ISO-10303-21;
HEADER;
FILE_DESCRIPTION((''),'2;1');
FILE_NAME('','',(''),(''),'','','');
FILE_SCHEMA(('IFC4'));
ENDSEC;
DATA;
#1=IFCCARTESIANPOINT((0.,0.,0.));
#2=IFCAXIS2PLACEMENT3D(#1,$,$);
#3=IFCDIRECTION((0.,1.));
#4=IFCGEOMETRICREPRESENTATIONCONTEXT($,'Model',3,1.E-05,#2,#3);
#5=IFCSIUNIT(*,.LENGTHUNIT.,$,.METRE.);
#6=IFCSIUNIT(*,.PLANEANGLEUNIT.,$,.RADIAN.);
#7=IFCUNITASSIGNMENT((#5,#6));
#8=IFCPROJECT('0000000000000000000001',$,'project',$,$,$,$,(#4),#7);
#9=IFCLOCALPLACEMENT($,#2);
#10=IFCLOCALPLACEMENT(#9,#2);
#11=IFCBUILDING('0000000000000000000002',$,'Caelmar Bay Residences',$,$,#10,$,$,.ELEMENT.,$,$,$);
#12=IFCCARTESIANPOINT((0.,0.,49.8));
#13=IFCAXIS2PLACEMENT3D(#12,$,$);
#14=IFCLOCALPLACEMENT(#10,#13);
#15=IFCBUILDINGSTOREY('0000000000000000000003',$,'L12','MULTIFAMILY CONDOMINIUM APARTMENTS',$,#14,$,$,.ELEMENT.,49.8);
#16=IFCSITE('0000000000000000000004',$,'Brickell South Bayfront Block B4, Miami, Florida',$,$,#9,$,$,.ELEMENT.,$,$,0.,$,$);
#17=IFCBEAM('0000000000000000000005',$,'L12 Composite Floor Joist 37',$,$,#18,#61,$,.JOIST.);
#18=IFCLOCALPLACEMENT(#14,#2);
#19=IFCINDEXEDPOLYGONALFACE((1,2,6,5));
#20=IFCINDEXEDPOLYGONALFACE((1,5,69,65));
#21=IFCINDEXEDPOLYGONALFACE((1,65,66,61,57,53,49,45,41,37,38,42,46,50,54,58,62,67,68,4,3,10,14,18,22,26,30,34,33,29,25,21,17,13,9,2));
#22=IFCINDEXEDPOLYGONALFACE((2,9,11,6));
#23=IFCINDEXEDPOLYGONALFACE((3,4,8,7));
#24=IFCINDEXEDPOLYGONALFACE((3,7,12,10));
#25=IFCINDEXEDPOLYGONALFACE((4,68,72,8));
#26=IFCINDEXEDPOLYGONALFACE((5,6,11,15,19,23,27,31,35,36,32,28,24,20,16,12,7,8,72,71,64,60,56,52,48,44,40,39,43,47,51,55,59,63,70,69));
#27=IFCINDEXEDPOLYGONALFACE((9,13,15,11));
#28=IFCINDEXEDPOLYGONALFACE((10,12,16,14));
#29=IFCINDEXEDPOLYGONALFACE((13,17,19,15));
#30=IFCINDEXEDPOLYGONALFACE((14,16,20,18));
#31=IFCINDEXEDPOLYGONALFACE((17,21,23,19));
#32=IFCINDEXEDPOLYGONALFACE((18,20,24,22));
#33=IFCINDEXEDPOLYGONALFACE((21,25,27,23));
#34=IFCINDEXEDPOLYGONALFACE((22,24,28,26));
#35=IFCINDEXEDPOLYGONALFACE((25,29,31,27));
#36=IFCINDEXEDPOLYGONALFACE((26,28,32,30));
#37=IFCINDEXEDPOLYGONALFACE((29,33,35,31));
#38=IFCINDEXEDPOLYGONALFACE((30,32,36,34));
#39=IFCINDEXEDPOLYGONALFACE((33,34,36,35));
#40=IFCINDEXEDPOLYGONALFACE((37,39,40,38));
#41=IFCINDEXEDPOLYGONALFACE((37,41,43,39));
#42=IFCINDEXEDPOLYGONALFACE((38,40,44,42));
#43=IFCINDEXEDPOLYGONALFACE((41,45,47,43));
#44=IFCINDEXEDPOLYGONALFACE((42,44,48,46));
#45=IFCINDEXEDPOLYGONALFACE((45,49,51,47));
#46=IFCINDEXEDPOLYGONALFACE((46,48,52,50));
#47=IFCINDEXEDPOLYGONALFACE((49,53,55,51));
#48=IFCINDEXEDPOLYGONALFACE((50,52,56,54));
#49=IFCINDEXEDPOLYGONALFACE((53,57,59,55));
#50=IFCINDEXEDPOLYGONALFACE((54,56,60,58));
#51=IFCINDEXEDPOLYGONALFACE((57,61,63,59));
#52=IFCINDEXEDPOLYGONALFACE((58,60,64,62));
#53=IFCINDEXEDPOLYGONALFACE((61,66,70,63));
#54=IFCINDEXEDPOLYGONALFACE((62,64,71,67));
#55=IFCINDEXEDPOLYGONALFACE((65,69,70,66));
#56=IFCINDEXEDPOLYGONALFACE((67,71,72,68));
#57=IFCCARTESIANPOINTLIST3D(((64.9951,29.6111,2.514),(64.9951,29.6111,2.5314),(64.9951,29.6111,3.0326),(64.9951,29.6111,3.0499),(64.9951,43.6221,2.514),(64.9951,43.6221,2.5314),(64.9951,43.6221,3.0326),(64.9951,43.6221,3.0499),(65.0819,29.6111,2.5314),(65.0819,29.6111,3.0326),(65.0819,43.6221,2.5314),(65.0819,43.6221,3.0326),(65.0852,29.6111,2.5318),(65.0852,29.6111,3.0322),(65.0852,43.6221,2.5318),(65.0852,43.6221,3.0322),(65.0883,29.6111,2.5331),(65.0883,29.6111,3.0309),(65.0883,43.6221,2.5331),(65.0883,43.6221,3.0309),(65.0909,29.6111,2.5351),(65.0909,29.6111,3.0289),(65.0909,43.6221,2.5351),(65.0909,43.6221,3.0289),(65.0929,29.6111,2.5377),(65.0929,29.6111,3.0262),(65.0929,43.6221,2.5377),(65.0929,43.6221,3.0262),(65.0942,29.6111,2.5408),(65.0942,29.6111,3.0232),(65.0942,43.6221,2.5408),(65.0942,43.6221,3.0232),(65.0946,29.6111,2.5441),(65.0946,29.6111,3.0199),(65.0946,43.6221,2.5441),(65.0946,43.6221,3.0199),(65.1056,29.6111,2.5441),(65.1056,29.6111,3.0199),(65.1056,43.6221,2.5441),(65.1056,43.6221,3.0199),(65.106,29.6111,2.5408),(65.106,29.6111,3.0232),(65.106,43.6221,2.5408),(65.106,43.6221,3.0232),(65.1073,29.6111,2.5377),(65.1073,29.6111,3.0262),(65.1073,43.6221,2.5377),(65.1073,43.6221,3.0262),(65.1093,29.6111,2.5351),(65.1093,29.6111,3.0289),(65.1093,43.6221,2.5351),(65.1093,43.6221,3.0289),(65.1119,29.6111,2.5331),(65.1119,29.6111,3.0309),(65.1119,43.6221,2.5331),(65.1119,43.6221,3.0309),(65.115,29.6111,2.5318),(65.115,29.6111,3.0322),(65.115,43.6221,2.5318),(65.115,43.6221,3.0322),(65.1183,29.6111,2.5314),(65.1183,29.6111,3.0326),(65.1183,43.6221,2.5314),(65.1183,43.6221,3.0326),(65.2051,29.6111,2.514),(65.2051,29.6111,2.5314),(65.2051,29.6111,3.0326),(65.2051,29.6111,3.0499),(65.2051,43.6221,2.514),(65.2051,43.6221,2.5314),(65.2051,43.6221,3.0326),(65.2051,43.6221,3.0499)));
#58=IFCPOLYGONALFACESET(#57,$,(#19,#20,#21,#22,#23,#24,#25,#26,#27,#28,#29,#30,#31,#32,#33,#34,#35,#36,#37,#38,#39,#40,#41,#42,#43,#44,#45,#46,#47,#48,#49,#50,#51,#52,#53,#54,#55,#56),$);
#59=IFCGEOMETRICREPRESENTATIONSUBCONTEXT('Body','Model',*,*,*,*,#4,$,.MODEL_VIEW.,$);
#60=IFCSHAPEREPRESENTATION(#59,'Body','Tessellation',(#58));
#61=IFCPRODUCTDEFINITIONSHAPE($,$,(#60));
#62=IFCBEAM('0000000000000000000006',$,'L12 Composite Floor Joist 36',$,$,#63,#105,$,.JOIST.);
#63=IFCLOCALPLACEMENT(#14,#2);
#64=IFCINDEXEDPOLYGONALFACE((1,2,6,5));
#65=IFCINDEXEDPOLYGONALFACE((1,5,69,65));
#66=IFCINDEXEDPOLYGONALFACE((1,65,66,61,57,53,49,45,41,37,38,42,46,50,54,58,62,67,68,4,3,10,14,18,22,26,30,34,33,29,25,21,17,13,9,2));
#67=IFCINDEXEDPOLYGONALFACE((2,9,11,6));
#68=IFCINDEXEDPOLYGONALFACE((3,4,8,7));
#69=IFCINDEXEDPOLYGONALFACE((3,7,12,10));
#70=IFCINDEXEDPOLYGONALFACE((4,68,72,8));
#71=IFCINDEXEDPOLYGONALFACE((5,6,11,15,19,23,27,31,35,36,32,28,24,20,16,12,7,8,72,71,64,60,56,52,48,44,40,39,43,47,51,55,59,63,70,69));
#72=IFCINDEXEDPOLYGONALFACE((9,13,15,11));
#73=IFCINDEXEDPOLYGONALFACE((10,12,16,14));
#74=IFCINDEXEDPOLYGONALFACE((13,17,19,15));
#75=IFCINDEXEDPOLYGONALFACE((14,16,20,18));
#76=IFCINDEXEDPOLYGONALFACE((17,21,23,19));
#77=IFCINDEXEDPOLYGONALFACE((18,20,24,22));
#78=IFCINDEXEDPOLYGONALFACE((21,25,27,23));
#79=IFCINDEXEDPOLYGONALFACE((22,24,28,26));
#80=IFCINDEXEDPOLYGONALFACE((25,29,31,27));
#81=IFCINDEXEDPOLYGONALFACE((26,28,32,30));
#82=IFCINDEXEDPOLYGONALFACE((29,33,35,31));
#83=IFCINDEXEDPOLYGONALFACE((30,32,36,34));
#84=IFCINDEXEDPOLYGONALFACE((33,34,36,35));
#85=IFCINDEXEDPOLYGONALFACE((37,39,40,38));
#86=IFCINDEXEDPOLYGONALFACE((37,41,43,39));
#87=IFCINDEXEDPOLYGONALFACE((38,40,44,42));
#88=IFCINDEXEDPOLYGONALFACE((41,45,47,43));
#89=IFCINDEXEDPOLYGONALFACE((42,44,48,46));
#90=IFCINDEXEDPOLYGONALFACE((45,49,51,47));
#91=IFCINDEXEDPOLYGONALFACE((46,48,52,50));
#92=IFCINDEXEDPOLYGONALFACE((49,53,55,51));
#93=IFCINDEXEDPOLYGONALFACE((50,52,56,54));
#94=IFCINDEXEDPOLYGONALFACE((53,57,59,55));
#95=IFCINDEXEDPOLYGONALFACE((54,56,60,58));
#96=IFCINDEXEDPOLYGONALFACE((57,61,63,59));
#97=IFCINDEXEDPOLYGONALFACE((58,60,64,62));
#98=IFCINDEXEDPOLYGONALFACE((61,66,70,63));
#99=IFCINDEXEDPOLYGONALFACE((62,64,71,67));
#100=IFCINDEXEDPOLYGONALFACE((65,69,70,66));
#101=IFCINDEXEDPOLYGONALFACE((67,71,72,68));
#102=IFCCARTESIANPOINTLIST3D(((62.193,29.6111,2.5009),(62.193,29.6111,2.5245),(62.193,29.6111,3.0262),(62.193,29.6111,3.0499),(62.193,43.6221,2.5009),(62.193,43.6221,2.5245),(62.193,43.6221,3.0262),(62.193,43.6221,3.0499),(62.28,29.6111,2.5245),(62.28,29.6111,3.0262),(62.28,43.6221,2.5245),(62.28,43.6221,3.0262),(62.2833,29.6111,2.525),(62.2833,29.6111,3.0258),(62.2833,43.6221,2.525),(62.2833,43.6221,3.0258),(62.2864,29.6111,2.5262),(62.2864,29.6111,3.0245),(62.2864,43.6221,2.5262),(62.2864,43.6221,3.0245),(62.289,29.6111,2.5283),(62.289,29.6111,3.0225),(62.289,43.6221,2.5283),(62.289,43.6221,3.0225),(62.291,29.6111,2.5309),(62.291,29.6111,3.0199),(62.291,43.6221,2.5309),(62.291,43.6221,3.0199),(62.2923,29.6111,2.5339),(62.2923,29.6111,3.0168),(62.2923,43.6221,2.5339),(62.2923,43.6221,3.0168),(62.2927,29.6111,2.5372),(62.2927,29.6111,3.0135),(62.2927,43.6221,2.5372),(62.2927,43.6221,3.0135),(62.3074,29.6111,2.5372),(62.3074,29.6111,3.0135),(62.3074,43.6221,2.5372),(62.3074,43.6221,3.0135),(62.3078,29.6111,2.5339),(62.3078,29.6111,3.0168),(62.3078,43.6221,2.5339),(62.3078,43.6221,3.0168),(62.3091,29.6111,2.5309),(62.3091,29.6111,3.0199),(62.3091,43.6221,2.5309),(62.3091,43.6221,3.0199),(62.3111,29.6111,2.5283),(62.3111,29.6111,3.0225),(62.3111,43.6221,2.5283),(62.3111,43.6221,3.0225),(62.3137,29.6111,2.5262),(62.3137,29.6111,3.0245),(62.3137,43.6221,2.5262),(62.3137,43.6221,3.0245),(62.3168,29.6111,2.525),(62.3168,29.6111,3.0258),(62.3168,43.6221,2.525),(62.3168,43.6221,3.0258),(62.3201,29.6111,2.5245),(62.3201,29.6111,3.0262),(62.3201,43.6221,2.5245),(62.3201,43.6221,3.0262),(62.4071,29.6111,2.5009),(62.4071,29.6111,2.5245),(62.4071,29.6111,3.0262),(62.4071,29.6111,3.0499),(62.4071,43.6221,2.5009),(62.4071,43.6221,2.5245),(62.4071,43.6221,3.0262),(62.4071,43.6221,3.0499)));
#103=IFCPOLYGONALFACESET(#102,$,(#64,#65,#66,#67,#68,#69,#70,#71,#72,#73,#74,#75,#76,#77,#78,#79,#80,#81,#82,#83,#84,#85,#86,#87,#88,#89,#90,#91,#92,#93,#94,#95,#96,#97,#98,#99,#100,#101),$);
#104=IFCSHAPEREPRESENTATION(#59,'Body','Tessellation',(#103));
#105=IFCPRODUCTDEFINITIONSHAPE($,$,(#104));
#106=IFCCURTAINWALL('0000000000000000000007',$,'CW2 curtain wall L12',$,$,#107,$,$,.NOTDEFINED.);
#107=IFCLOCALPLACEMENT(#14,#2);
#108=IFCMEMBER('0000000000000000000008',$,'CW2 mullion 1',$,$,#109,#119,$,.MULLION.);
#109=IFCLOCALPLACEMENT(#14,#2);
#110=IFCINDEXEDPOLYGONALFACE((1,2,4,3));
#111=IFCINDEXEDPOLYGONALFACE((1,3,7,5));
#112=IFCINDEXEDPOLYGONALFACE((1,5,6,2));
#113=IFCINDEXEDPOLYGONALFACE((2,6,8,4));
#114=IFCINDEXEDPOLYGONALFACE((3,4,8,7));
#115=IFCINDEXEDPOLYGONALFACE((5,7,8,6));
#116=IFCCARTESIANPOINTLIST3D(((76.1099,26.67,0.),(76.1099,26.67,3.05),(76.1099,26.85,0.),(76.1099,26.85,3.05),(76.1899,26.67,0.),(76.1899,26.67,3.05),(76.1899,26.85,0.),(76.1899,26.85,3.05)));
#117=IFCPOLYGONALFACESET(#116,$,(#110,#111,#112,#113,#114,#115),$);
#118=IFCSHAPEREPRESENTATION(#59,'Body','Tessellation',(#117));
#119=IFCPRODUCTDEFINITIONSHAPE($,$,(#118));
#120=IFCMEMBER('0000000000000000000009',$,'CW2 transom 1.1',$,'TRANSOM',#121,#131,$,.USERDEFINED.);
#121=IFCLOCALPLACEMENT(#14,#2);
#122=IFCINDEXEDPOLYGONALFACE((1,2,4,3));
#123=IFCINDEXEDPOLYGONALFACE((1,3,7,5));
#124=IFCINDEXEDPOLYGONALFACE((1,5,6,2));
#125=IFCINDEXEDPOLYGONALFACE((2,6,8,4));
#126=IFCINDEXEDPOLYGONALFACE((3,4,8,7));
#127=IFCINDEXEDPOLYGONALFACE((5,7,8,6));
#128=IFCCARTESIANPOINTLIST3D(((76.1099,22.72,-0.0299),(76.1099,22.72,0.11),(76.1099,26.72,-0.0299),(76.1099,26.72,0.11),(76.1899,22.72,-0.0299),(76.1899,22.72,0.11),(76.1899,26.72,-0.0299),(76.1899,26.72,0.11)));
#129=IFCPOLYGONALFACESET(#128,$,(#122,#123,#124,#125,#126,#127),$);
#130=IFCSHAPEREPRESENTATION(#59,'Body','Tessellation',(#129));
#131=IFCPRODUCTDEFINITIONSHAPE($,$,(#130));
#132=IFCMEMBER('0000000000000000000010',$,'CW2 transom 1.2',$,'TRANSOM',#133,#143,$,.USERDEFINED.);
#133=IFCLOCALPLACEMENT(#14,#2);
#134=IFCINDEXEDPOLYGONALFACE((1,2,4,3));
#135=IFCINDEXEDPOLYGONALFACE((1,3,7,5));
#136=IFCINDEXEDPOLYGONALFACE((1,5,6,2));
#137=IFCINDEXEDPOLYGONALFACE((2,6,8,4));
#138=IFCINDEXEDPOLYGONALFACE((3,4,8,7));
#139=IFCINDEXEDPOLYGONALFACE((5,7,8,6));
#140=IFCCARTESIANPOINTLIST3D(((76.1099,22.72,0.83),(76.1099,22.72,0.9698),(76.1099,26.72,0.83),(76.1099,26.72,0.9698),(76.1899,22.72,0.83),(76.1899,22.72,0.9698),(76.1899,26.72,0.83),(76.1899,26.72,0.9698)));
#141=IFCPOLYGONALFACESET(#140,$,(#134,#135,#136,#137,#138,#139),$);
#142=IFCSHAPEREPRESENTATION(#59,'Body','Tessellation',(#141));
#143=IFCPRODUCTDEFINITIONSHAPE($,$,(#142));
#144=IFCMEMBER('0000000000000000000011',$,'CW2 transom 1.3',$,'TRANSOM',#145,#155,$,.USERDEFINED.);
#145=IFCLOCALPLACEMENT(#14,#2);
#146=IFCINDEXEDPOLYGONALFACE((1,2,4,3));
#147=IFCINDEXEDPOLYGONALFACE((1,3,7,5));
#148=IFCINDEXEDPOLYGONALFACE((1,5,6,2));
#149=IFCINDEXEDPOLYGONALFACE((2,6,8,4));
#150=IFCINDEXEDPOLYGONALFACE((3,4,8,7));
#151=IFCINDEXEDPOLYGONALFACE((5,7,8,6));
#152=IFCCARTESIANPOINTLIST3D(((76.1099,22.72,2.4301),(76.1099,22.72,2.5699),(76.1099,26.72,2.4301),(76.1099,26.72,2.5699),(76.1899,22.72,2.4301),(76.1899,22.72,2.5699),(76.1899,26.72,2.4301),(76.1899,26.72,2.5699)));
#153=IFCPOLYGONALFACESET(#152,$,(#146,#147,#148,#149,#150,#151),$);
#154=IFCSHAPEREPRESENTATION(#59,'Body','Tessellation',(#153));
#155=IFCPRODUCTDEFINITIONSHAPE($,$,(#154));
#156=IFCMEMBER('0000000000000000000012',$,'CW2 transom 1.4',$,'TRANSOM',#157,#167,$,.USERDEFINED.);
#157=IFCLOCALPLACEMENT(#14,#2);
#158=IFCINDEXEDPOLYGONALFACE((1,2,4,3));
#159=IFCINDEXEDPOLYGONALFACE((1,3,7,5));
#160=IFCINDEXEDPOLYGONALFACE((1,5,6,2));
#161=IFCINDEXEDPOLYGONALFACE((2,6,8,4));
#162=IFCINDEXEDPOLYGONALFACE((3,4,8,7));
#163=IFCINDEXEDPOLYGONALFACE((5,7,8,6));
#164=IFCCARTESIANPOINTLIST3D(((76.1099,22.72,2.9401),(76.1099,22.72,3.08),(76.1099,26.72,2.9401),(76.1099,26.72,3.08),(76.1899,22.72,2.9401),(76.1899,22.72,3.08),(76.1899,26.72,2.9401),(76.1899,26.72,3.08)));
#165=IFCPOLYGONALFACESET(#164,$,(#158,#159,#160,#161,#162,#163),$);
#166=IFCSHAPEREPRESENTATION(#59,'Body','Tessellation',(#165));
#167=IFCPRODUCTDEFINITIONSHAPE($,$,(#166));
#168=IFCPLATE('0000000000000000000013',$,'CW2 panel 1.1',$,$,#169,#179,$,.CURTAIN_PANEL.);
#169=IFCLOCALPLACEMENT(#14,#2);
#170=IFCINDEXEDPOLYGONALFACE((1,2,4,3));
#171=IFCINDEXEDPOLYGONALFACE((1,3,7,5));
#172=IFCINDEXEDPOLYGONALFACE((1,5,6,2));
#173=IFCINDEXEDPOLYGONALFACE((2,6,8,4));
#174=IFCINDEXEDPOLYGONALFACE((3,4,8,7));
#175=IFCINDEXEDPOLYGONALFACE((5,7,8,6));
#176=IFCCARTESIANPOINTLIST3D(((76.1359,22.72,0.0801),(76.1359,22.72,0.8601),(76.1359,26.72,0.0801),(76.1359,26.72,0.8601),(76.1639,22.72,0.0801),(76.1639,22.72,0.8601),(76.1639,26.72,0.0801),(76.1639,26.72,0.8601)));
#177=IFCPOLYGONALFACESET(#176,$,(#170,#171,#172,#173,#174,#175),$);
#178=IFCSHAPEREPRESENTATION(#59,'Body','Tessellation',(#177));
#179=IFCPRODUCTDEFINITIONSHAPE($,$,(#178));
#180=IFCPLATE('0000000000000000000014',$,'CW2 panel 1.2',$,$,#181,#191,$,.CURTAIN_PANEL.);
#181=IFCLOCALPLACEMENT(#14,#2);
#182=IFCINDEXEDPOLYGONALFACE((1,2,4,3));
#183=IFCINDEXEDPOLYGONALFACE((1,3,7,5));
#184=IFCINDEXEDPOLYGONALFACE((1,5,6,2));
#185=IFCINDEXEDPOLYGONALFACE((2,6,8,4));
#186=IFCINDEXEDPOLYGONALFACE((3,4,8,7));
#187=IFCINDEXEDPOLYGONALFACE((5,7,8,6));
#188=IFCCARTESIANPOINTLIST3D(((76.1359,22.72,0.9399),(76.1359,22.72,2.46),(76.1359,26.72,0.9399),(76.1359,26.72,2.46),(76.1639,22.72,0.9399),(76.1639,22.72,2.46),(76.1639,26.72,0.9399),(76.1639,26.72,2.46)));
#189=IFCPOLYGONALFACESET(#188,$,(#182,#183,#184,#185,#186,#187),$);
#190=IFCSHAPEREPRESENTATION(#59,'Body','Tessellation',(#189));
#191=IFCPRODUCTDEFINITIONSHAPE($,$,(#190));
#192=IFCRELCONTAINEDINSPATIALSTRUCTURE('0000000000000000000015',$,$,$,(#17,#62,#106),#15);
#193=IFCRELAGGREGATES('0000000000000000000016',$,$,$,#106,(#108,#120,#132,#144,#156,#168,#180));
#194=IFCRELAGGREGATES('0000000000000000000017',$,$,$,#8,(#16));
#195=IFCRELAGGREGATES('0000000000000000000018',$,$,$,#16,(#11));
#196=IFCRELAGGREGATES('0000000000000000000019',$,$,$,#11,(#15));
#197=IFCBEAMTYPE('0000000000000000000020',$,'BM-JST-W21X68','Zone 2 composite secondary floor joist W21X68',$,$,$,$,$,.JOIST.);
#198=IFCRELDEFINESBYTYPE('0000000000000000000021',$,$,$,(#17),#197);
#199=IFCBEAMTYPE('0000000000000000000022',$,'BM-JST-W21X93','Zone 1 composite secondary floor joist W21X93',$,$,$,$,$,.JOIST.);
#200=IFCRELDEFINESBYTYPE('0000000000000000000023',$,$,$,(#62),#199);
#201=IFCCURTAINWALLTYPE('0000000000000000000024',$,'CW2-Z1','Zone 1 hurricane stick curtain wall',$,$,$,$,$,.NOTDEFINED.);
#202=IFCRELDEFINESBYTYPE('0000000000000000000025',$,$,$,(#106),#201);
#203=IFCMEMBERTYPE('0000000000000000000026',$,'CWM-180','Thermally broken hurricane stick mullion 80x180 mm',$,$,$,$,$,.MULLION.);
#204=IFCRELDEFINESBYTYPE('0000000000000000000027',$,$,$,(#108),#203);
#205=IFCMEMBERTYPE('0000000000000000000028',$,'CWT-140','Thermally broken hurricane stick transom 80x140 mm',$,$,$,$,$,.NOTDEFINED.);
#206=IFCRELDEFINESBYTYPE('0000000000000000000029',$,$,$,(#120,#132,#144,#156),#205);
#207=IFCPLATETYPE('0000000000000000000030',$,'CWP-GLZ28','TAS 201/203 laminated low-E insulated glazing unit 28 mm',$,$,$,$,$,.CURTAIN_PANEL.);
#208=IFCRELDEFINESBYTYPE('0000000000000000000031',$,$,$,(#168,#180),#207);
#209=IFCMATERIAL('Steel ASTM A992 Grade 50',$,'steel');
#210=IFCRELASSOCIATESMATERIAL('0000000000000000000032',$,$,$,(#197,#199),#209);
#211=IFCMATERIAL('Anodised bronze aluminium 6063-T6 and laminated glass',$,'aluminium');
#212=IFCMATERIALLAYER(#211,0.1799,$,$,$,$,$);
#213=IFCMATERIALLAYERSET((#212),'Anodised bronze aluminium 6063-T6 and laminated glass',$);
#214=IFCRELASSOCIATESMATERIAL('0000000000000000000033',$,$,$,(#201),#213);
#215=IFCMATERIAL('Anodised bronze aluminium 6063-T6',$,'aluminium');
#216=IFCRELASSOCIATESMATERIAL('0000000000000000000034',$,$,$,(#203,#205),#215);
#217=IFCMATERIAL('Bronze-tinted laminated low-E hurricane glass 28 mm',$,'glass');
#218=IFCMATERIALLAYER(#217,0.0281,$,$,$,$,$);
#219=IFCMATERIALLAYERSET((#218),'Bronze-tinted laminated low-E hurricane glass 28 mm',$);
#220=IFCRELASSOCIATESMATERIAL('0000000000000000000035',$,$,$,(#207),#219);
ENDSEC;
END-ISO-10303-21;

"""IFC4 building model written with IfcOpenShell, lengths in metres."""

from ifc_helpers import new_model, si_unit, direction, frame, origin, origin_2d, place, context, subcontext, project, spatial, rectangle, i_section, extrude, material, layer, layer_set, material_profile, profile_set, type_object, element, aggregate, save


model = new_model("IFC4")

# Units and contexts
model_context = context("Model", 3, precision=1e-05, world=origin(), true_north=direction((0.0, 1.0)))
body_context = subcontext(model_context, "Body", "Model", "MODEL_VIEW")
ifc_project = project(units=[si_unit("LENGTHUNIT", "METRE"), si_unit("PLANEANGLEUNIT", "RADIAN")], contexts=[model_context])

# Site, building, storey
site_placement = place(None, origin())
site = spatial("IfcSite", under=ifc_project, at=site_placement, Name="Brickell South Bayfront Block B4, Miami, Florida", CompositionType="ELEMENT", RefElevation=0.0)
building_placement = place(site_placement, origin())
building = spatial("IfcBuilding", under=site, at=building_placement, Name="Caelmar Bay Residences", CompositionType="ELEMENT")
storey_placement = place(building_placement, frame((0.0, 0.0, 49.8)))
storey = spatial("IfcBuildingStorey", under=building, at=storey_placement, Name="L12", Description="MULTIFAMILY CONDOMINIUM APARTMENTS", CompositionType="ELEMENT", Elevation=49.8)

# Beams
ifc_material_1 = material(Name="Steel ASTM A992 Grade 50", Category="steel")
ifc_material_profile_1 = material_profile(ifc_material_1, i_section(OverallWidth=0.21, OverallDepth=0.5359, WebThickness=0.011, FlangeThickness=0.0173, FilletRadius=0.0127, at=origin_2d()), Name="W21X68")
ifc_profile_set_1 = profile_set([ifc_material_profile_1], Name="Steel ASTM A992 Grade 50")
beam_type_1 = type_object("IfcBeamType", Name="BM-JST-W21X68", Description="Zone 2 composite secondary floor joist W21X68", PredefinedType="JOIST", material=ifc_profile_set_1)
beam_1_placement = place(storey_placement, frame((65.1001, 29.6111, 2.782), z_axis=(0.0, 1.0, 0.0), x_axis=(-1.0, 0.0, 0.0)))
element("IfcBeam", 1, at=beam_1_placement, inside=storey, type_object=beam_type_1, Name="L12 Composite Floor Joist 37", PredefinedType="JOIST", context=body_context, shape_type="SweptSolid", body=[
    extrude(i_section(OverallWidth=0.21, OverallDepth=0.5359, WebThickness=0.011, FlangeThickness=0.0173, FilletRadius=0.0127, at=origin_2d()), origin(), (0.0, 0.0, 1.0), 14.011),
])
ifc_material_profile_2 = material_profile(ifc_material_1, i_section(OverallWidth=0.2141, OverallDepth=0.5491, WebThickness=0.0146, FlangeThickness=0.0237, FilletRadius=0.0127, at=origin_2d()), Name="W21X93")
ifc_profile_set_2 = profile_set([ifc_material_profile_2], Name="Steel ASTM A992 Grade 50")
beam_type_2 = type_object("IfcBeamType", Name="BM-JST-W21X93", Description="Zone 1 composite secondary floor joist W21X93", PredefinedType="JOIST", material=ifc_profile_set_2)
beam_2_placement = place(storey_placement, frame((62.3, 29.6111, 2.7754), z_axis=(0.0, 1.0, 0.0), x_axis=(-1.0, 0.0, 0.0)))
element("IfcBeam", 2, at=beam_2_placement, inside=storey, type_object=beam_type_2, Name="L12 Composite Floor Joist 36", PredefinedType="JOIST", context=body_context, shape_type="SweptSolid", body=[
    extrude(i_section(OverallWidth=0.2141, OverallDepth=0.5491, WebThickness=0.0146, FlangeThickness=0.0237, FilletRadius=0.0127, at=origin_2d()), origin(), (0.0, 0.0, 1.0), 14.011),
])

# Curtain wall, members, plates
ifc_material_2 = material(Name="Anodised bronze aluminium 6063-T6 and laminated glass", Category="aluminium")
ifc_layer_1 = layer(ifc_material_2, 0.1799)
ifc_layer_set_1 = layer_set([ifc_layer_1], Name="Anodised bronze aluminium 6063-T6 and laminated glass")
curtain_wall_type = type_object("IfcCurtainWallType", Name="CW2-Z1", Description="Zone 1 hurricane stick curtain wall", PredefinedType="NOTDEFINED", material=ifc_layer_set_1)
curtain_wall_placement = place(storey_placement, origin())
curtain_wall = element("IfcCurtainWall", 3, at=curtain_wall_placement, inside=storey, type_object=curtain_wall_type, Name="CW2 curtain wall L12", PredefinedType="NOTDEFINED")
ifc_material_3 = material(Name="Anodised bronze aluminium 6063-T6", Category="aluminium")
ifc_material_profile_3 = material_profile(ifc_material_3, rectangle(XDim=0.0801, YDim=0.1799, at=origin_2d()), Name="CWM-80X180")
ifc_profile_set_3 = profile_set([ifc_material_profile_3], Name="Anodised bronze aluminium 6063-T6")
member_type_1 = type_object("IfcMemberType", Name="CWM-180", Description="Thermally broken hurricane stick mullion 80x180 mm", PredefinedType="MULLION", material=ifc_profile_set_3)
member_1_placement = place(storey_placement, frame((76.1499, 26.76, 0.0), z_axis=(0.0, 0.0, 1.0), x_axis=(1.0, 0.0, 0.0)))
member_1 = element("IfcMember", 4, at=member_1_placement, type_object=member_type_1, Name="CW2 mullion 1", PredefinedType="MULLION", context=body_context, shape_type="SweptSolid", body=[
    extrude(rectangle(XDim=0.0801, YDim=0.1799, at=origin_2d()), origin(), (0.0, 0.0, 1.0), 3.05),
])
ifc_material_profile_4 = material_profile(ifc_material_3, rectangle(XDim=0.0801, YDim=0.1399, at=origin_2d()), Name="CWT-80X140")
ifc_profile_set_4 = profile_set([ifc_material_profile_4], Name="Anodised bronze aluminium 6063-T6")
member_type_2 = type_object("IfcMemberType", Name="CWT-140", Description="Thermally broken hurricane stick transom 80x140 mm", PredefinedType="NOTDEFINED", material=ifc_profile_set_4)
member_2_placement = place(storey_placement, frame((76.1499, 26.72, 0.04), z_axis=(0.0, -1.0, 0.0), x_axis=(1.0, 0.0, 0.0)))
member_2 = element("IfcMember", 5, at=member_2_placement, type_object=member_type_2, Name="CW2 transom 1.1", ObjectType="TRANSOM", PredefinedType="USERDEFINED", context=body_context, shape_type="SweptSolid", body=[
    extrude(rectangle(XDim=0.0801, YDim=0.1399, at=origin_2d()), origin(), (0.0, 0.0, 1.0), 4.0),
])
member_3_placement = place(storey_placement, frame((76.1499, 26.72, 0.8999), z_axis=(0.0, -1.0, 0.0), x_axis=(1.0, 0.0, 0.0)))
member_3 = element("IfcMember", 6, at=member_3_placement, type_object=member_type_2, Name="CW2 transom 1.2", ObjectType="TRANSOM", PredefinedType="USERDEFINED", context=body_context, shape_type="SweptSolid", body=[
    extrude(rectangle(XDim=0.0801, YDim=0.1399, at=origin_2d()), origin(), (0.0, 0.0, 1.0), 4.0),
])
member_4_placement = place(storey_placement, frame((76.1499, 26.72, 2.5), z_axis=(0.0, -1.0, 0.0), x_axis=(1.0, 0.0, 0.0)))
member_4 = element("IfcMember", 7, at=member_4_placement, type_object=member_type_2, Name="CW2 transom 1.3", ObjectType="TRANSOM", PredefinedType="USERDEFINED", context=body_context, shape_type="SweptSolid", body=[
    extrude(rectangle(XDim=0.0801, YDim=0.1399, at=origin_2d()), origin(), (0.0, 0.0, 1.0), 4.0),
])
member_5_placement = place(storey_placement, frame((76.1499, 26.72, 3.01), z_axis=(0.0, -1.0, 0.0), x_axis=(1.0, 0.0, 0.0)))
member_5 = element("IfcMember", 8, at=member_5_placement, type_object=member_type_2, Name="CW2 transom 1.4", ObjectType="TRANSOM", PredefinedType="USERDEFINED", context=body_context, shape_type="SweptSolid", body=[
    extrude(rectangle(XDim=0.0801, YDim=0.1399, at=origin_2d()), origin(), (0.0, 0.0, 1.0), 4.0),
])
ifc_material_4 = material(Name="Bronze-tinted laminated low-E hurricane glass 28 mm", Category="glass")
ifc_layer_2 = layer(ifc_material_4, 0.0281)
ifc_layer_set_2 = layer_set([ifc_layer_2], Name="Bronze-tinted laminated low-E hurricane glass 28 mm")
plate_type = type_object("IfcPlateType", Name="CWP-GLZ28", Description="TAS 201/203 laminated low-E insulated glazing unit 28 mm", PredefinedType="CURTAIN_PANEL", material=ifc_layer_set_2)
plate_1_placement = place(storey_placement, frame((76.1499, 24.72, 0.0801), z_axis=(0.0, 0.0, 1.0), x_axis=(0.0, -1.0, 0.0)))
plate_1 = element("IfcPlate", 9, at=plate_1_placement, type_object=plate_type, Name="CW2 panel 1.1", PredefinedType="CURTAIN_PANEL", context=body_context, shape_type="SweptSolid", body=[
    extrude(rectangle(XDim=4.0, YDim=0.0281, at=origin_2d()), origin(), (0.0, 0.0, 1.0), 0.78),
])
plate_2_placement = place(storey_placement, frame((76.1499, 24.72, 0.9399), z_axis=(0.0, 0.0, 1.0), x_axis=(0.0, -1.0, 0.0)))
plate_2 = element("IfcPlate", 10, at=plate_2_placement, type_object=plate_type, Name="CW2 panel 1.2", PredefinedType="CURTAIN_PANEL", context=body_context, shape_type="SweptSolid", body=[
    extrude(rectangle(XDim=4.0, YDim=0.0281, at=origin_2d()), origin(), (0.0, 0.0, 1.0), 1.52),
])
aggregate(curtain_wall, [member_1, member_2, member_3, member_4, member_5, plate_1, plate_2])

save(model, "model.ifc")
